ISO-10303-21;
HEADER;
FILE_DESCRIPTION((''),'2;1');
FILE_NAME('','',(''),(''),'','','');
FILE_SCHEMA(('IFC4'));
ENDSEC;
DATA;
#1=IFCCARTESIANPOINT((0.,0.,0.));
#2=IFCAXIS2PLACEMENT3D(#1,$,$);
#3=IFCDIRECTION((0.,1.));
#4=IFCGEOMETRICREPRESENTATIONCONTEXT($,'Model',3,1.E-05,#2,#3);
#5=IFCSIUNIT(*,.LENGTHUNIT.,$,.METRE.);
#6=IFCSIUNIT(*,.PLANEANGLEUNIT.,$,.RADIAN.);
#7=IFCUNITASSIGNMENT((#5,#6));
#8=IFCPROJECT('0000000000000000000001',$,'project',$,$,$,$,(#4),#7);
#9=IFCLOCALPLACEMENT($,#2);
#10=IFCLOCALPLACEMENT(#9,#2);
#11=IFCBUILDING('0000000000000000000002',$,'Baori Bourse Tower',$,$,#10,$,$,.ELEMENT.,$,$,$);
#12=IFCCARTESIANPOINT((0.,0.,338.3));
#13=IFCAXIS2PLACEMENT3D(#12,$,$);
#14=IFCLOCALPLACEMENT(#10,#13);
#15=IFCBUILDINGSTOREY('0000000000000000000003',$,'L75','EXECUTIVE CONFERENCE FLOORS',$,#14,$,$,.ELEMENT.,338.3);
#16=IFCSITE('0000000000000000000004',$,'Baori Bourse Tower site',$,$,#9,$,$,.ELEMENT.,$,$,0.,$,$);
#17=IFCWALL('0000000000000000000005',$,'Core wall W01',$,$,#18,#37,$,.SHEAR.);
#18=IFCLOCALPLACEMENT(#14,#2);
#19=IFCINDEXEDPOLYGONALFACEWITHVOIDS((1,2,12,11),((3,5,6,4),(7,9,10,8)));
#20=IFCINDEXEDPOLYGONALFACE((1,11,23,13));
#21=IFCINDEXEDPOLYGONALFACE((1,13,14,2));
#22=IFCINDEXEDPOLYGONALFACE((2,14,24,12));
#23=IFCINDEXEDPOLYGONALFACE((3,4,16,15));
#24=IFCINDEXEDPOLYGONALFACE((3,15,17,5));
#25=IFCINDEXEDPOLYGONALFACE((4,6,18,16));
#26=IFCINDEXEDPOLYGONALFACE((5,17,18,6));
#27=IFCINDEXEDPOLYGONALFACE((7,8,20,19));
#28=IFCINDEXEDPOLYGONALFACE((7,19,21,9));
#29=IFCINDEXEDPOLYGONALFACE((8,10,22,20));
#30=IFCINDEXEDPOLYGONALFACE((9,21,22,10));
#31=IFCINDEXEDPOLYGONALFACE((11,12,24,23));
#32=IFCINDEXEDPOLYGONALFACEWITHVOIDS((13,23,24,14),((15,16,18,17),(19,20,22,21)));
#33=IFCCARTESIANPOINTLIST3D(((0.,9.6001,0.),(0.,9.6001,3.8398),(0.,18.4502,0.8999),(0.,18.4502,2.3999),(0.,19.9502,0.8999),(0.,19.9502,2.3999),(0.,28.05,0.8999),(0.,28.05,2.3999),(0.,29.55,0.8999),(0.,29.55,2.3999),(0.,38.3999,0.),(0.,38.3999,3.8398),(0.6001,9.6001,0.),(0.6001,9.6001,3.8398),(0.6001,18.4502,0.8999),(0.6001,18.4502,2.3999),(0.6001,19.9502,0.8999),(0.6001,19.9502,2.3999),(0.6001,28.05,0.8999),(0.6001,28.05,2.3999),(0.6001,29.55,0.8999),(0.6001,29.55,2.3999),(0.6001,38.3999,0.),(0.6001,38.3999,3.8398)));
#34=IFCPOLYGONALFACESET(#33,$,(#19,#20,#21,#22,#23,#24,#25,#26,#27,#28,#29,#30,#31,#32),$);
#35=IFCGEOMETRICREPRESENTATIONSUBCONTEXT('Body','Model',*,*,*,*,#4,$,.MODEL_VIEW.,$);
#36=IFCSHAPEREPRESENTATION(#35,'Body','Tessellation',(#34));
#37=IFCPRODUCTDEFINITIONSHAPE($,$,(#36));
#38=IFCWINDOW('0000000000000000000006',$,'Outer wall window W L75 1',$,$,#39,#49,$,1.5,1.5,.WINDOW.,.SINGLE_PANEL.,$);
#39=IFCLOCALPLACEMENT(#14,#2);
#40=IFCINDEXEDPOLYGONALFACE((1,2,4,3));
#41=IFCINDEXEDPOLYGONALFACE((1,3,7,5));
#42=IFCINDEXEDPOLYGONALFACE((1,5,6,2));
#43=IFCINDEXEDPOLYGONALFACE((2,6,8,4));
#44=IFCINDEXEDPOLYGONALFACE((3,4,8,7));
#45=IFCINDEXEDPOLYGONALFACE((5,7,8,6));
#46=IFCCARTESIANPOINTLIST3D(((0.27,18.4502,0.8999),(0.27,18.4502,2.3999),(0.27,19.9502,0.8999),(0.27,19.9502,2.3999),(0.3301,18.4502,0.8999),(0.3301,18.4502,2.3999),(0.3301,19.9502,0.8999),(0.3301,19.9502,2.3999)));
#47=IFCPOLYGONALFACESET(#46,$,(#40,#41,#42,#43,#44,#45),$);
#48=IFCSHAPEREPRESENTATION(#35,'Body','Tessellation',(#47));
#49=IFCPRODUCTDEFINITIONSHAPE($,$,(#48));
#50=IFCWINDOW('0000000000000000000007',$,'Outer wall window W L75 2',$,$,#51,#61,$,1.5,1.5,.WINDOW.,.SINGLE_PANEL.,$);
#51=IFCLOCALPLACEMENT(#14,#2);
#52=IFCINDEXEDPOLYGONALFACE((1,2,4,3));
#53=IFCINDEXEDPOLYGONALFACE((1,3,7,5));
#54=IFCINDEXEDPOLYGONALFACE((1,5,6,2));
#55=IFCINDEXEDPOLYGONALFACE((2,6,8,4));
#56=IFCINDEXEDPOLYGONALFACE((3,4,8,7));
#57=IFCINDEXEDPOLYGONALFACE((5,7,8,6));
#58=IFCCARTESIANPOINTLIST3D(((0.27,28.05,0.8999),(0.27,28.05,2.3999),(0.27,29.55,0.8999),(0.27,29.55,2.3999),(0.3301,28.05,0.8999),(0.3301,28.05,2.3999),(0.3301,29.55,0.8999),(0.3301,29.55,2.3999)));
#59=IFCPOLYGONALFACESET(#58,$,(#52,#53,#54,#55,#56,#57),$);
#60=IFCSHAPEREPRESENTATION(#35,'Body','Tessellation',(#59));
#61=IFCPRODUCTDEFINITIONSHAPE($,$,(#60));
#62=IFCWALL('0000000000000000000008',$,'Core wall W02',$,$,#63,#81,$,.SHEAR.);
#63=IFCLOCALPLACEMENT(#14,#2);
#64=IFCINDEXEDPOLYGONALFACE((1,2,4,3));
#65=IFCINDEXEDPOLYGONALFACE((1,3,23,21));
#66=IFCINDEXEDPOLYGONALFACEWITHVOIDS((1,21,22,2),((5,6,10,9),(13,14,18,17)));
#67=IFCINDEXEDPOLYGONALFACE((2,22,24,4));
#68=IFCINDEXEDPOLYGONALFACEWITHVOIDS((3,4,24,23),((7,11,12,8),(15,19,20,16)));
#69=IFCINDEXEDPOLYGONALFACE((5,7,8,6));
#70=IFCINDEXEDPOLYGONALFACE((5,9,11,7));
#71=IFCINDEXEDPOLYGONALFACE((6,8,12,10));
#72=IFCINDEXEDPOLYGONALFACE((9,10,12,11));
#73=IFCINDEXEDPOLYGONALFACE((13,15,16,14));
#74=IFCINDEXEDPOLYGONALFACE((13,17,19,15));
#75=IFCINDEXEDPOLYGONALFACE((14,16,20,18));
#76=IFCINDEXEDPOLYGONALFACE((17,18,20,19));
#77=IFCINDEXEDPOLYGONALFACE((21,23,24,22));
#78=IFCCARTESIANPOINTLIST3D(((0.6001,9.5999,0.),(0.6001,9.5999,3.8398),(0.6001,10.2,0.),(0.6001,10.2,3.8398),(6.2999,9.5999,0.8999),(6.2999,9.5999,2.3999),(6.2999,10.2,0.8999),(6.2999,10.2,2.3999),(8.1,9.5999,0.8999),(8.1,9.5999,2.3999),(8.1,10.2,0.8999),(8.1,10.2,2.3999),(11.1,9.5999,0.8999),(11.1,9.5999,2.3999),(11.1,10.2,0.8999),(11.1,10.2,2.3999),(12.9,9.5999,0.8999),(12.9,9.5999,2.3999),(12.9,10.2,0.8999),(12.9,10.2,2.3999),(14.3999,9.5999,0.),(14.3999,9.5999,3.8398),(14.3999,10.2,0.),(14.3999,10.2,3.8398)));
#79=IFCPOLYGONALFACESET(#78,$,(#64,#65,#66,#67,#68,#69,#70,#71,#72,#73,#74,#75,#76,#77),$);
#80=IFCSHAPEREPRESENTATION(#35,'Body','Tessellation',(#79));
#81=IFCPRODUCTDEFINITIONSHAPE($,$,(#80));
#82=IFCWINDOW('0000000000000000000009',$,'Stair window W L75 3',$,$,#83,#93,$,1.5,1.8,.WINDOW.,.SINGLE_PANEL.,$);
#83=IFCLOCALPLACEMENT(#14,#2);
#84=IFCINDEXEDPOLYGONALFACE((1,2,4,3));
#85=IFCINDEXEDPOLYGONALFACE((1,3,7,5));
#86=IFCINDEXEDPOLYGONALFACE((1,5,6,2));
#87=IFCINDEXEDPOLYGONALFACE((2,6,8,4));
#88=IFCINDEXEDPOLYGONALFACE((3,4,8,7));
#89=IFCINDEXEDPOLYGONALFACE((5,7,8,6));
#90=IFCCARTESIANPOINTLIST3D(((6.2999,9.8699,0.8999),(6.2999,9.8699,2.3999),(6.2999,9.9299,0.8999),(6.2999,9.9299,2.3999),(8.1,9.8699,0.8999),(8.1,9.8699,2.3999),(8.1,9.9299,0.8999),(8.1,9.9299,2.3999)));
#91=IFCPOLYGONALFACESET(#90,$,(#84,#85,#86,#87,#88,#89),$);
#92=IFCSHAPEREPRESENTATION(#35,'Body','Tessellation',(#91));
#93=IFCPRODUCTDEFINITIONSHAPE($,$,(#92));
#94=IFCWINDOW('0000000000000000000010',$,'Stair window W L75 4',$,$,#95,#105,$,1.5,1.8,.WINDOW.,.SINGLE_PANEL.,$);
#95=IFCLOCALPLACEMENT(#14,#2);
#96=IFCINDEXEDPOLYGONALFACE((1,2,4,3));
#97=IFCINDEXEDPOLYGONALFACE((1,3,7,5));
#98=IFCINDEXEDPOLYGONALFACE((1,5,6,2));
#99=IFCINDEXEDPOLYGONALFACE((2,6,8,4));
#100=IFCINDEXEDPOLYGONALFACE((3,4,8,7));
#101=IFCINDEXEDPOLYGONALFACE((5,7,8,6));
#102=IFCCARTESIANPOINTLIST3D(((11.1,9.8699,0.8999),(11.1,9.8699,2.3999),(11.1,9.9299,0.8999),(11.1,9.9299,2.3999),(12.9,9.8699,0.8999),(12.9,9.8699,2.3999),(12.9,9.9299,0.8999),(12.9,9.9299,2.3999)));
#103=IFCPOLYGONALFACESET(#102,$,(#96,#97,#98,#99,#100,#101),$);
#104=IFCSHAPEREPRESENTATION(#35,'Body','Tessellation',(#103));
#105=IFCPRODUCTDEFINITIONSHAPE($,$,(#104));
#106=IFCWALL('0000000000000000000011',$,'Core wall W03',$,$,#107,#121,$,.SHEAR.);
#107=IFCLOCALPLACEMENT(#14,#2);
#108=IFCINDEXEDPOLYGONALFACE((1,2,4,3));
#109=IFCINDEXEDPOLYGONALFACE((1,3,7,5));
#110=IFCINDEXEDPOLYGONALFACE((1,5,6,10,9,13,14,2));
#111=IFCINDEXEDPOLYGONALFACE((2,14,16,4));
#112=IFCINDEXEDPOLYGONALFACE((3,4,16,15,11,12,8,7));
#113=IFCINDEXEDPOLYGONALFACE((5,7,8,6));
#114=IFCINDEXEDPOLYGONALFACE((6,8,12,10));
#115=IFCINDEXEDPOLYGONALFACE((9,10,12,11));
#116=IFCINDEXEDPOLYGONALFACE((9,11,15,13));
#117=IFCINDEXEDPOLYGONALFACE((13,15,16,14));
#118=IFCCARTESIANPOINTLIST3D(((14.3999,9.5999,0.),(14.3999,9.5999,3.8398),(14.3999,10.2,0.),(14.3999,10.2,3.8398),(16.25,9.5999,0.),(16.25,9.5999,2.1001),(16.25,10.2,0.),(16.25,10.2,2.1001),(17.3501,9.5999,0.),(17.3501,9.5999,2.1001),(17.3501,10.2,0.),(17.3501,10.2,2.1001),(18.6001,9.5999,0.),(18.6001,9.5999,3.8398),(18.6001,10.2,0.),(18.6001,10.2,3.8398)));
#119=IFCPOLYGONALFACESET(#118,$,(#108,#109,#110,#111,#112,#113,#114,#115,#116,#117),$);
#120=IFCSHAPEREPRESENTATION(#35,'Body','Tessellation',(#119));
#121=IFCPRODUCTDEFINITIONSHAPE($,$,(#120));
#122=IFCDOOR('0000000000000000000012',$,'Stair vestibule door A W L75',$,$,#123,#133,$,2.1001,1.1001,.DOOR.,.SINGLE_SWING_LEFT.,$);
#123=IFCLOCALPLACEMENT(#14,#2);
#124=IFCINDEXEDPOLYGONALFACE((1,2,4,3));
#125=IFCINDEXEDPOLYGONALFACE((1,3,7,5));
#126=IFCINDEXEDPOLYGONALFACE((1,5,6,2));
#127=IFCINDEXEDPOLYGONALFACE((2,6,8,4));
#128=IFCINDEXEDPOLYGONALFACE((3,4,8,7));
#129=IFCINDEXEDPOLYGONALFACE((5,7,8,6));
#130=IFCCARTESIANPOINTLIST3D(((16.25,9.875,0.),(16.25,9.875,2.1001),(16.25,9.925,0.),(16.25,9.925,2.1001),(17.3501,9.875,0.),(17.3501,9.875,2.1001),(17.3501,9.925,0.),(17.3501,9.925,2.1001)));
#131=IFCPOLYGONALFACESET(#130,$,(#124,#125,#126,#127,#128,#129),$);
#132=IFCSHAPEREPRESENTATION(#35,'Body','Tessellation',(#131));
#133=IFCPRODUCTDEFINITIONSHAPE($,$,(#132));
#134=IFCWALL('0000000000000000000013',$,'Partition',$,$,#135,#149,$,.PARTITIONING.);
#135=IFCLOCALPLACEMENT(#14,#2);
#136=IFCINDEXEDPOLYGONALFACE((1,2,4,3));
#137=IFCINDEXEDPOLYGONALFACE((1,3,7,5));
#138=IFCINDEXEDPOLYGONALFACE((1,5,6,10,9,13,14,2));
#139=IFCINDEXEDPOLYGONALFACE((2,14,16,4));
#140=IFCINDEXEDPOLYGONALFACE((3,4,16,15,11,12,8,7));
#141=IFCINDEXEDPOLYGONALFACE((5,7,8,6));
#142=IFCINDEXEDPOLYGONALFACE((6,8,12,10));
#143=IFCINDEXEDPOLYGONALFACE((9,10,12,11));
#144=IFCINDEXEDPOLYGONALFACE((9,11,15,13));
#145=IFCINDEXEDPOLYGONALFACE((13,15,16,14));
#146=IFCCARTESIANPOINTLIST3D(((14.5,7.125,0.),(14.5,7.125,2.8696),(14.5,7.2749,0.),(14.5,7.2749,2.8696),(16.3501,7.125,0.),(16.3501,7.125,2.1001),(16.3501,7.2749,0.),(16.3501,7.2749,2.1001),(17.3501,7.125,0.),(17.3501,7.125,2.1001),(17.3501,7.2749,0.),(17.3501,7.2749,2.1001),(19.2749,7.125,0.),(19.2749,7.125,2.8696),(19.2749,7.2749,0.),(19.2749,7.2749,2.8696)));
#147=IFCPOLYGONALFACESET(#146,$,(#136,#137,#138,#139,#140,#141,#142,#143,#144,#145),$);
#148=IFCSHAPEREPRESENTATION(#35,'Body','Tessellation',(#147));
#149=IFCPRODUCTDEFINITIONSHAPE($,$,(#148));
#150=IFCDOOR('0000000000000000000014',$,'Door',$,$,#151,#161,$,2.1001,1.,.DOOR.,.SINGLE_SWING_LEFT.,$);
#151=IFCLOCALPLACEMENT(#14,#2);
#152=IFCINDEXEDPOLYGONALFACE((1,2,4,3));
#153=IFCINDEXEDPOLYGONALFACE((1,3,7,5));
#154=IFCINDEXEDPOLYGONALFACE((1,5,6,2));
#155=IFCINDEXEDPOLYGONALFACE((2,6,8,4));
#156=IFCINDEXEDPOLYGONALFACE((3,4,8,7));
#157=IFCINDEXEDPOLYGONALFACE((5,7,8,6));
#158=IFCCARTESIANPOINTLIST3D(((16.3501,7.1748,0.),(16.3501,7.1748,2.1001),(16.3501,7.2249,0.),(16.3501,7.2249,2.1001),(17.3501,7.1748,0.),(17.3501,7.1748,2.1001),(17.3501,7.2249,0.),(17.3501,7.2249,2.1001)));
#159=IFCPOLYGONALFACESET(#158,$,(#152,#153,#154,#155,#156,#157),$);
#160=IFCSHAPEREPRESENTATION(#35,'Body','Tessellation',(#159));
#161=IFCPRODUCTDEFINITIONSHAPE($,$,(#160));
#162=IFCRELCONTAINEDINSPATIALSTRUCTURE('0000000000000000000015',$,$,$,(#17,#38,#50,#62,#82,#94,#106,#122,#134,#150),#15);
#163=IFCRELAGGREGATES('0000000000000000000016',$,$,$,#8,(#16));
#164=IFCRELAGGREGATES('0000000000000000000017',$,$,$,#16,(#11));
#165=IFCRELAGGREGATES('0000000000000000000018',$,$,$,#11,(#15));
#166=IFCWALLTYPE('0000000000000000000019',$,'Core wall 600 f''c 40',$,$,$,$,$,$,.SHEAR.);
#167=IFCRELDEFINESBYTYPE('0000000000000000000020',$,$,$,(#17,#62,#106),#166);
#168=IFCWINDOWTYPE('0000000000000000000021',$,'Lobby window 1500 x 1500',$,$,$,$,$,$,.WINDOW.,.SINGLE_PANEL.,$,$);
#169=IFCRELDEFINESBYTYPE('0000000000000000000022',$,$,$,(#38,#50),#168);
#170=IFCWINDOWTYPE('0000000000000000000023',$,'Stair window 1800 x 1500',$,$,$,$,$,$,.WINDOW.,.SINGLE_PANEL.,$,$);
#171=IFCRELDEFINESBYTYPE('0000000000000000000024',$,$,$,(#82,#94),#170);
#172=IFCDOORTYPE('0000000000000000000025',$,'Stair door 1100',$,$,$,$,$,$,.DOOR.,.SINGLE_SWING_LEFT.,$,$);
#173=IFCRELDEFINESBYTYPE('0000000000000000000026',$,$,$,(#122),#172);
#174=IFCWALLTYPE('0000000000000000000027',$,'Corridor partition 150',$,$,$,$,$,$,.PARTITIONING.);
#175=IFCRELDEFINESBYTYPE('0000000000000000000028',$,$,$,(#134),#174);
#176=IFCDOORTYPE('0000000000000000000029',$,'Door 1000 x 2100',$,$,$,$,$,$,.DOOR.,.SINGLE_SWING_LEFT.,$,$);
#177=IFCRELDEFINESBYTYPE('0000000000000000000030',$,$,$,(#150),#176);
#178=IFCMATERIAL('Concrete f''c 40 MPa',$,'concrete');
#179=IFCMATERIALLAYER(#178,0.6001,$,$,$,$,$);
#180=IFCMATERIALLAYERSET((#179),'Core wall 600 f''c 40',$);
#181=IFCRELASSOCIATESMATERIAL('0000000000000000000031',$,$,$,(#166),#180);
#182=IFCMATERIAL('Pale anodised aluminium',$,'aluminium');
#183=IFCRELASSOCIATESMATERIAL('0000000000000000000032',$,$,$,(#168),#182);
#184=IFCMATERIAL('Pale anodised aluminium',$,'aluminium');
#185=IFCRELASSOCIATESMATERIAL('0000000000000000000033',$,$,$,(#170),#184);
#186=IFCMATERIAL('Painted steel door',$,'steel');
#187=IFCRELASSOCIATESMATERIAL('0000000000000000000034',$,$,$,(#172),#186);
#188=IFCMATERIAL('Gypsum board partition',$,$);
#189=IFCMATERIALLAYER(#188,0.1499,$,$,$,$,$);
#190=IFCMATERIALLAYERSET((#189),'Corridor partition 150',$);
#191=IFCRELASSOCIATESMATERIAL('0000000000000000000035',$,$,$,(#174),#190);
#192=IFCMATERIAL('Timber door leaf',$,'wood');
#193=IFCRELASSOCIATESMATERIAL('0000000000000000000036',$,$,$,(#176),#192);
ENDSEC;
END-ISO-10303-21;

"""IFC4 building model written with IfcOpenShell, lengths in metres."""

from ifc_helpers import new_model, si_unit, direction, frame, frame_2d, origin, place, context, subcontext, project, spatial, rectangle, extrude, material, layer, layer_set, type_object, element, fill, save


model = new_model("IFC4")

# Units and contexts
model_context = context("Model", 3, precision=1e-05, world=origin(), true_north=direction((0.0, 1.0)))
body_context = subcontext(model_context, "Body", "Model", "MODEL_VIEW")
ifc_project = project(units=[si_unit("LENGTHUNIT", "METRE"), si_unit("PLANEANGLEUNIT", "RADIAN")], contexts=[model_context])

# Site, building, storey
site_placement = place(None, origin())
site = spatial("IfcSite", under=ifc_project, at=site_placement, Name="Baori Bourse Tower site", CompositionType="ELEMENT", RefElevation=0.0)
building_placement = place(site_placement, origin())
building = spatial("IfcBuilding", under=site, at=building_placement, Name="Baori Bourse Tower", CompositionType="ELEMENT")
storey_placement = place(building_placement, frame((0.0, 0.0, 338.3)))
storey = spatial("IfcBuildingStorey", under=building, at=storey_placement, Name="L75", Description="EXECUTIVE CONFERENCE FLOORS", CompositionType="ELEMENT", Elevation=338.3)

# Walls, openings, windows
ifc_material_1 = material(Name="Concrete f'c 40 MPa", Category="concrete")
ifc_layer_1 = layer(ifc_material_1, 0.6001)
ifc_layer_set_1 = layer_set([ifc_layer_1], Name="Core wall 600 f'c 40")
wall_type_1 = type_object("IfcWallType", Name="Core wall 600 f'c 40", PredefinedType="SHEAR", material=ifc_layer_set_1)
wall_1_placement = place(storey_placement, frame((0.3, 9.6001, 0.0), z_axis=(0.0, 0.0, 1.0), x_axis=(0.0, 1.0, 0.0)))
wall_1 = element("IfcWall", 1, at=wall_1_placement, inside=storey, type_object=wall_type_1, Name="Core wall W01", PredefinedType="SHEAR", context=body_context, shape_type="SweptSolid", body=[
    extrude(rectangle(XDim=28.7998, YDim=0.6001, at=frame_2d((14.3999, 0.0))), origin(), (0.0, 0.0, 1.0), 3.8398),
])
opening_1_placement = place(wall_1_placement, frame((8.8501, 0.0, 0.8999)))
opening_1 = element("IfcOpeningElement", 2, at=opening_1_placement, cuts=wall_1, PredefinedType="OPENING", context=body_context, shape_type="SweptSolid", body=[
    extrude(rectangle(XDim=1.5, YDim=1.5, at=frame_2d((0.75, 0.75))), frame((0.0, 0.3101, 0.0), z_axis=(0.0, -1.0, 0.0), x_axis=(1.0, 0.0, 0.0)), (0.0, 0.0, 1.0), 0.6201),
])
opening_2_placement = place(wall_1_placement, frame((18.45, 0.0, 0.8999)))
opening_2 = element("IfcOpeningElement", 3, at=opening_2_placement, cuts=wall_1, PredefinedType="OPENING", context=body_context, shape_type="SweptSolid", body=[
    extrude(rectangle(XDim=1.5, YDim=1.5, at=frame_2d((0.75, 0.75))), frame((0.0, 0.3101, 0.0), z_axis=(0.0, -1.0, 0.0), x_axis=(1.0, 0.0, 0.0)), (0.0, 0.0, 1.0), 0.6201),
])
ifc_material_2 = material(Name="Pale anodised aluminium", Category="aluminium")
window_type_1 = type_object("IfcWindowType", Name="Lobby window 1500 x 1500", PartitioningType="SINGLE_PANEL", PredefinedType="WINDOW", material=ifc_material_2)
window_1_placement = place(opening_1_placement, origin())
window_1 = element("IfcWindow", 4, at=window_1_placement, inside=storey, type_object=window_type_1, Name="Outer wall window W L75 1", OverallHeight=1.5, OverallWidth=1.5, PartitioningType="SINGLE_PANEL", PredefinedType="WINDOW", context=body_context, shape_type="SweptSolid", body=[
    extrude(rectangle(XDim=1.5, YDim=1.5, at=frame_2d((0.75, 0.75))), frame((0.0, 0.03, 0.0), z_axis=(0.0, -1.0, 0.0), x_axis=(1.0, 0.0, 0.0)), (0.0, 0.0, 1.0), 0.0601),
])
fill(opening_1, window_1)
window_2_placement = place(opening_2_placement, origin())
window_2 = element("IfcWindow", 5, at=window_2_placement, inside=storey, type_object=window_type_1, Name="Outer wall window W L75 2", OverallHeight=1.5, OverallWidth=1.5, PartitioningType="SINGLE_PANEL", PredefinedType="WINDOW", context=body_context, shape_type="SweptSolid", body=[
    extrude(rectangle(XDim=1.5, YDim=1.5, at=frame_2d((0.75, 0.75))), frame((0.0, 0.03, 0.0), z_axis=(0.0, -1.0, 0.0), x_axis=(1.0, 0.0, 0.0)), (0.0, 0.0, 1.0), 0.0601),
])
fill(opening_2, window_2)
wall_2_placement = place(storey_placement, frame((14.3999, 9.8999, 0.0), z_axis=(0.0, 0.0, 1.0), x_axis=(-1.0, 0.0, 0.0)))
wall_2 = element("IfcWall", 6, at=wall_2_placement, inside=storey, type_object=wall_type_1, Name="Core wall W02", PredefinedType="SHEAR", context=body_context, shape_type="SweptSolid", body=[
    extrude(rectangle(XDim=13.7998, YDim=0.6001, at=frame_2d((6.8999, 0.0))), origin(), (0.0, 0.0, 1.0), 3.8398),
])
opening_3_placement = place(wall_2_placement, frame((6.3, 0.0, 0.8999)))
opening_3 = element("IfcOpeningElement", 7, at=opening_3_placement, cuts=wall_2, PredefinedType="OPENING", context=body_context, shape_type="SweptSolid", body=[
    extrude(rectangle(XDim=1.8, YDim=1.5, at=frame_2d((0.8999, 0.75))), frame((0.0, 0.3101, 0.0), z_axis=(0.0, -1.0, 0.0), x_axis=(1.0, 0.0, 0.0)), (0.0, 0.0, 1.0), 0.6201),
])
opening_4_placement = place(wall_2_placement, frame((1.5, 0.0, 0.8999)))
opening_4 = element("IfcOpeningElement", 8, at=opening_4_placement, cuts=wall_2, PredefinedType="OPENING", context=body_context, shape_type="SweptSolid", body=[
    extrude(rectangle(XDim=1.8, YDim=1.5, at=frame_2d((0.8999, 0.75))), frame((0.0, 0.3101, 0.0), z_axis=(0.0, -1.0, 0.0), x_axis=(1.0, 0.0, 0.0)), (0.0, 0.0, 1.0), 0.6201),
])
ifc_material_3 = material(Name="Pale anodised aluminium", Category="aluminium")
window_type_2 = type_object("IfcWindowType", Name="Stair window 1800 x 1500", PartitioningType="SINGLE_PANEL", PredefinedType="WINDOW", material=ifc_material_3)
window_3_placement = place(opening_3_placement, origin())
window_3 = element("IfcWindow", 9, at=window_3_placement, inside=storey, type_object=window_type_2, Name="Stair window W L75 3", OverallHeight=1.5, OverallWidth=1.8, PartitioningType="SINGLE_PANEL", PredefinedType="WINDOW", context=body_context, shape_type="SweptSolid", body=[
    extrude(rectangle(XDim=1.8, YDim=1.5, at=frame_2d((0.8999, 0.75))), frame((0.0, 0.03, 0.0), z_axis=(0.0, -1.0, 0.0), x_axis=(1.0, 0.0, 0.0)), (0.0, 0.0, 1.0), 0.0601),
])
fill(opening_3, window_3)
window_4_placement = place(opening_4_placement, origin())
window_4 = element("IfcWindow", 10, at=window_4_placement, inside=storey, type_object=window_type_2, Name="Stair window W L75 4", OverallHeight=1.5, OverallWidth=1.8, PartitioningType="SINGLE_PANEL", PredefinedType="WINDOW", context=body_context, shape_type="SweptSolid", body=[
    extrude(rectangle(XDim=1.8, YDim=1.5, at=frame_2d((0.8999, 0.75))), frame((0.0, 0.03, 0.0), z_axis=(0.0, -1.0, 0.0), x_axis=(1.0, 0.0, 0.0)), (0.0, 0.0, 1.0), 0.0601),
])
fill(opening_4, window_4)

# Walls, openings, doors
wall_3_placement = place(storey_placement, frame((18.6001, 9.8999, 0.0), z_axis=(0.0, 0.0, 1.0), x_axis=(-1.0, 0.0, 0.0)))
wall_3 = element("IfcWall", 11, at=wall_3_placement, inside=storey, type_object=wall_type_1, Name="Core wall W03", PredefinedType="SHEAR", context=body_context, shape_type="SweptSolid", body=[
    extrude(rectangle(XDim=4.2002, YDim=0.6001, at=frame_2d((2.1001, 0.0))), origin(), (0.0, 0.0, 1.0), 3.8398),
])
opening_5_placement = place(wall_3_placement, frame((1.25, 0.0, 0.0)))
opening_5 = element("IfcOpeningElement", 12, at=opening_5_placement, cuts=wall_3, PredefinedType="OPENING", context=body_context, shape_type="SweptSolid", body=[
    extrude(rectangle(XDim=1.1001, YDim=2.1001, at=frame_2d((0.55, 1.05))), frame((0.0, 0.3101, 0.0), z_axis=(0.0, -1.0, 0.0), x_axis=(1.0, 0.0, 0.0)), (0.0, 0.0, 1.0), 0.6201),
])
ifc_material_4 = material(Name="Painted steel door", Category="steel")
door_type_1 = type_object("IfcDoorType", Name="Stair door 1100", OperationType="SINGLE_SWING_LEFT", PredefinedType="DOOR", material=ifc_material_4)
door_1_placement = place(opening_5_placement, origin())
door_1 = element("IfcDoor", 13, at=door_1_placement, inside=storey, type_object=door_type_1, Name="Stair vestibule door A W L75", OperationType="SINGLE_SWING_LEFT", OverallHeight=2.1001, OverallWidth=1.1001, PredefinedType="DOOR", context=body_context, shape_type="SweptSolid", body=[
    extrude(rectangle(XDim=1.1001, YDim=2.1001, at=frame_2d((0.55, 1.05))), frame((0.0, 0.0249, 0.0), z_axis=(0.0, -1.0, 0.0), x_axis=(1.0, 0.0, 0.0)), (0.0, 0.0, 1.0), 0.05),
])
fill(opening_5, door_1)
ifc_material_5 = material(Name="Gypsum board partition")
ifc_layer_2 = layer(ifc_material_5, 0.1499)
ifc_layer_set_2 = layer_set([ifc_layer_2], Name="Corridor partition 150")
wall_type_2 = type_object("IfcWallType", Name="Corridor partition 150", PredefinedType="PARTITIONING", material=ifc_layer_set_2)
wall_4_placement = place(storey_placement, frame((14.5, 7.2, 0.0), z_axis=(0.0, 0.0, 1.0), x_axis=(1.0, 0.0, 0.0)))
wall_4 = element("IfcWall", 14, at=wall_4_placement, inside=storey, type_object=wall_type_2, Name="Partition", PredefinedType="PARTITIONING", context=body_context, shape_type="SweptSolid", body=[
    extrude(rectangle(XDim=4.7749, YDim=0.1499, at=frame_2d((2.3875, 0.0))), origin(), (0.0, 0.0, 1.0), 2.8696),
])
opening_6_placement = place(wall_4_placement, frame((1.8501, 0.0, 0.0)))
opening_6 = element("IfcOpeningElement", 15, at=opening_6_placement, cuts=wall_4, PredefinedType="OPENING", context=body_context, shape_type="SweptSolid", body=[
    extrude(rectangle(XDim=1.0, YDim=2.1001, at=frame_2d((0.5, 1.05))), frame((0.0, 0.085, 0.0), z_axis=(0.0, -1.0, 0.0), x_axis=(1.0, 0.0, 0.0)), (0.0, 0.0, 1.0), 0.1699),
])
ifc_material_6 = material(Name="Timber door leaf", Category="wood")
door_type_2 = type_object("IfcDoorType", Name="Door 1000 x 2100", OperationType="SINGLE_SWING_LEFT", PredefinedType="DOOR", material=ifc_material_6)
door_2_placement = place(opening_6_placement, origin())
door_2 = element("IfcDoor", 16, at=door_2_placement, inside=storey, type_object=door_type_2, Name="Door", OperationType="SINGLE_SWING_LEFT", OverallHeight=2.1001, OverallWidth=1.0, PredefinedType="DOOR", context=body_context, shape_type="SweptSolid", body=[
    extrude(rectangle(XDim=1.0, YDim=2.1001, at=frame_2d((0.5, 1.05))), frame((0.0, 0.0249, 0.0), z_axis=(0.0, -1.0, 0.0), x_axis=(1.0, 0.0, 0.0)), (0.0, 0.0, 1.0), 0.05),
])
fill(opening_6, door_2)

save(model, "model.ifc")
